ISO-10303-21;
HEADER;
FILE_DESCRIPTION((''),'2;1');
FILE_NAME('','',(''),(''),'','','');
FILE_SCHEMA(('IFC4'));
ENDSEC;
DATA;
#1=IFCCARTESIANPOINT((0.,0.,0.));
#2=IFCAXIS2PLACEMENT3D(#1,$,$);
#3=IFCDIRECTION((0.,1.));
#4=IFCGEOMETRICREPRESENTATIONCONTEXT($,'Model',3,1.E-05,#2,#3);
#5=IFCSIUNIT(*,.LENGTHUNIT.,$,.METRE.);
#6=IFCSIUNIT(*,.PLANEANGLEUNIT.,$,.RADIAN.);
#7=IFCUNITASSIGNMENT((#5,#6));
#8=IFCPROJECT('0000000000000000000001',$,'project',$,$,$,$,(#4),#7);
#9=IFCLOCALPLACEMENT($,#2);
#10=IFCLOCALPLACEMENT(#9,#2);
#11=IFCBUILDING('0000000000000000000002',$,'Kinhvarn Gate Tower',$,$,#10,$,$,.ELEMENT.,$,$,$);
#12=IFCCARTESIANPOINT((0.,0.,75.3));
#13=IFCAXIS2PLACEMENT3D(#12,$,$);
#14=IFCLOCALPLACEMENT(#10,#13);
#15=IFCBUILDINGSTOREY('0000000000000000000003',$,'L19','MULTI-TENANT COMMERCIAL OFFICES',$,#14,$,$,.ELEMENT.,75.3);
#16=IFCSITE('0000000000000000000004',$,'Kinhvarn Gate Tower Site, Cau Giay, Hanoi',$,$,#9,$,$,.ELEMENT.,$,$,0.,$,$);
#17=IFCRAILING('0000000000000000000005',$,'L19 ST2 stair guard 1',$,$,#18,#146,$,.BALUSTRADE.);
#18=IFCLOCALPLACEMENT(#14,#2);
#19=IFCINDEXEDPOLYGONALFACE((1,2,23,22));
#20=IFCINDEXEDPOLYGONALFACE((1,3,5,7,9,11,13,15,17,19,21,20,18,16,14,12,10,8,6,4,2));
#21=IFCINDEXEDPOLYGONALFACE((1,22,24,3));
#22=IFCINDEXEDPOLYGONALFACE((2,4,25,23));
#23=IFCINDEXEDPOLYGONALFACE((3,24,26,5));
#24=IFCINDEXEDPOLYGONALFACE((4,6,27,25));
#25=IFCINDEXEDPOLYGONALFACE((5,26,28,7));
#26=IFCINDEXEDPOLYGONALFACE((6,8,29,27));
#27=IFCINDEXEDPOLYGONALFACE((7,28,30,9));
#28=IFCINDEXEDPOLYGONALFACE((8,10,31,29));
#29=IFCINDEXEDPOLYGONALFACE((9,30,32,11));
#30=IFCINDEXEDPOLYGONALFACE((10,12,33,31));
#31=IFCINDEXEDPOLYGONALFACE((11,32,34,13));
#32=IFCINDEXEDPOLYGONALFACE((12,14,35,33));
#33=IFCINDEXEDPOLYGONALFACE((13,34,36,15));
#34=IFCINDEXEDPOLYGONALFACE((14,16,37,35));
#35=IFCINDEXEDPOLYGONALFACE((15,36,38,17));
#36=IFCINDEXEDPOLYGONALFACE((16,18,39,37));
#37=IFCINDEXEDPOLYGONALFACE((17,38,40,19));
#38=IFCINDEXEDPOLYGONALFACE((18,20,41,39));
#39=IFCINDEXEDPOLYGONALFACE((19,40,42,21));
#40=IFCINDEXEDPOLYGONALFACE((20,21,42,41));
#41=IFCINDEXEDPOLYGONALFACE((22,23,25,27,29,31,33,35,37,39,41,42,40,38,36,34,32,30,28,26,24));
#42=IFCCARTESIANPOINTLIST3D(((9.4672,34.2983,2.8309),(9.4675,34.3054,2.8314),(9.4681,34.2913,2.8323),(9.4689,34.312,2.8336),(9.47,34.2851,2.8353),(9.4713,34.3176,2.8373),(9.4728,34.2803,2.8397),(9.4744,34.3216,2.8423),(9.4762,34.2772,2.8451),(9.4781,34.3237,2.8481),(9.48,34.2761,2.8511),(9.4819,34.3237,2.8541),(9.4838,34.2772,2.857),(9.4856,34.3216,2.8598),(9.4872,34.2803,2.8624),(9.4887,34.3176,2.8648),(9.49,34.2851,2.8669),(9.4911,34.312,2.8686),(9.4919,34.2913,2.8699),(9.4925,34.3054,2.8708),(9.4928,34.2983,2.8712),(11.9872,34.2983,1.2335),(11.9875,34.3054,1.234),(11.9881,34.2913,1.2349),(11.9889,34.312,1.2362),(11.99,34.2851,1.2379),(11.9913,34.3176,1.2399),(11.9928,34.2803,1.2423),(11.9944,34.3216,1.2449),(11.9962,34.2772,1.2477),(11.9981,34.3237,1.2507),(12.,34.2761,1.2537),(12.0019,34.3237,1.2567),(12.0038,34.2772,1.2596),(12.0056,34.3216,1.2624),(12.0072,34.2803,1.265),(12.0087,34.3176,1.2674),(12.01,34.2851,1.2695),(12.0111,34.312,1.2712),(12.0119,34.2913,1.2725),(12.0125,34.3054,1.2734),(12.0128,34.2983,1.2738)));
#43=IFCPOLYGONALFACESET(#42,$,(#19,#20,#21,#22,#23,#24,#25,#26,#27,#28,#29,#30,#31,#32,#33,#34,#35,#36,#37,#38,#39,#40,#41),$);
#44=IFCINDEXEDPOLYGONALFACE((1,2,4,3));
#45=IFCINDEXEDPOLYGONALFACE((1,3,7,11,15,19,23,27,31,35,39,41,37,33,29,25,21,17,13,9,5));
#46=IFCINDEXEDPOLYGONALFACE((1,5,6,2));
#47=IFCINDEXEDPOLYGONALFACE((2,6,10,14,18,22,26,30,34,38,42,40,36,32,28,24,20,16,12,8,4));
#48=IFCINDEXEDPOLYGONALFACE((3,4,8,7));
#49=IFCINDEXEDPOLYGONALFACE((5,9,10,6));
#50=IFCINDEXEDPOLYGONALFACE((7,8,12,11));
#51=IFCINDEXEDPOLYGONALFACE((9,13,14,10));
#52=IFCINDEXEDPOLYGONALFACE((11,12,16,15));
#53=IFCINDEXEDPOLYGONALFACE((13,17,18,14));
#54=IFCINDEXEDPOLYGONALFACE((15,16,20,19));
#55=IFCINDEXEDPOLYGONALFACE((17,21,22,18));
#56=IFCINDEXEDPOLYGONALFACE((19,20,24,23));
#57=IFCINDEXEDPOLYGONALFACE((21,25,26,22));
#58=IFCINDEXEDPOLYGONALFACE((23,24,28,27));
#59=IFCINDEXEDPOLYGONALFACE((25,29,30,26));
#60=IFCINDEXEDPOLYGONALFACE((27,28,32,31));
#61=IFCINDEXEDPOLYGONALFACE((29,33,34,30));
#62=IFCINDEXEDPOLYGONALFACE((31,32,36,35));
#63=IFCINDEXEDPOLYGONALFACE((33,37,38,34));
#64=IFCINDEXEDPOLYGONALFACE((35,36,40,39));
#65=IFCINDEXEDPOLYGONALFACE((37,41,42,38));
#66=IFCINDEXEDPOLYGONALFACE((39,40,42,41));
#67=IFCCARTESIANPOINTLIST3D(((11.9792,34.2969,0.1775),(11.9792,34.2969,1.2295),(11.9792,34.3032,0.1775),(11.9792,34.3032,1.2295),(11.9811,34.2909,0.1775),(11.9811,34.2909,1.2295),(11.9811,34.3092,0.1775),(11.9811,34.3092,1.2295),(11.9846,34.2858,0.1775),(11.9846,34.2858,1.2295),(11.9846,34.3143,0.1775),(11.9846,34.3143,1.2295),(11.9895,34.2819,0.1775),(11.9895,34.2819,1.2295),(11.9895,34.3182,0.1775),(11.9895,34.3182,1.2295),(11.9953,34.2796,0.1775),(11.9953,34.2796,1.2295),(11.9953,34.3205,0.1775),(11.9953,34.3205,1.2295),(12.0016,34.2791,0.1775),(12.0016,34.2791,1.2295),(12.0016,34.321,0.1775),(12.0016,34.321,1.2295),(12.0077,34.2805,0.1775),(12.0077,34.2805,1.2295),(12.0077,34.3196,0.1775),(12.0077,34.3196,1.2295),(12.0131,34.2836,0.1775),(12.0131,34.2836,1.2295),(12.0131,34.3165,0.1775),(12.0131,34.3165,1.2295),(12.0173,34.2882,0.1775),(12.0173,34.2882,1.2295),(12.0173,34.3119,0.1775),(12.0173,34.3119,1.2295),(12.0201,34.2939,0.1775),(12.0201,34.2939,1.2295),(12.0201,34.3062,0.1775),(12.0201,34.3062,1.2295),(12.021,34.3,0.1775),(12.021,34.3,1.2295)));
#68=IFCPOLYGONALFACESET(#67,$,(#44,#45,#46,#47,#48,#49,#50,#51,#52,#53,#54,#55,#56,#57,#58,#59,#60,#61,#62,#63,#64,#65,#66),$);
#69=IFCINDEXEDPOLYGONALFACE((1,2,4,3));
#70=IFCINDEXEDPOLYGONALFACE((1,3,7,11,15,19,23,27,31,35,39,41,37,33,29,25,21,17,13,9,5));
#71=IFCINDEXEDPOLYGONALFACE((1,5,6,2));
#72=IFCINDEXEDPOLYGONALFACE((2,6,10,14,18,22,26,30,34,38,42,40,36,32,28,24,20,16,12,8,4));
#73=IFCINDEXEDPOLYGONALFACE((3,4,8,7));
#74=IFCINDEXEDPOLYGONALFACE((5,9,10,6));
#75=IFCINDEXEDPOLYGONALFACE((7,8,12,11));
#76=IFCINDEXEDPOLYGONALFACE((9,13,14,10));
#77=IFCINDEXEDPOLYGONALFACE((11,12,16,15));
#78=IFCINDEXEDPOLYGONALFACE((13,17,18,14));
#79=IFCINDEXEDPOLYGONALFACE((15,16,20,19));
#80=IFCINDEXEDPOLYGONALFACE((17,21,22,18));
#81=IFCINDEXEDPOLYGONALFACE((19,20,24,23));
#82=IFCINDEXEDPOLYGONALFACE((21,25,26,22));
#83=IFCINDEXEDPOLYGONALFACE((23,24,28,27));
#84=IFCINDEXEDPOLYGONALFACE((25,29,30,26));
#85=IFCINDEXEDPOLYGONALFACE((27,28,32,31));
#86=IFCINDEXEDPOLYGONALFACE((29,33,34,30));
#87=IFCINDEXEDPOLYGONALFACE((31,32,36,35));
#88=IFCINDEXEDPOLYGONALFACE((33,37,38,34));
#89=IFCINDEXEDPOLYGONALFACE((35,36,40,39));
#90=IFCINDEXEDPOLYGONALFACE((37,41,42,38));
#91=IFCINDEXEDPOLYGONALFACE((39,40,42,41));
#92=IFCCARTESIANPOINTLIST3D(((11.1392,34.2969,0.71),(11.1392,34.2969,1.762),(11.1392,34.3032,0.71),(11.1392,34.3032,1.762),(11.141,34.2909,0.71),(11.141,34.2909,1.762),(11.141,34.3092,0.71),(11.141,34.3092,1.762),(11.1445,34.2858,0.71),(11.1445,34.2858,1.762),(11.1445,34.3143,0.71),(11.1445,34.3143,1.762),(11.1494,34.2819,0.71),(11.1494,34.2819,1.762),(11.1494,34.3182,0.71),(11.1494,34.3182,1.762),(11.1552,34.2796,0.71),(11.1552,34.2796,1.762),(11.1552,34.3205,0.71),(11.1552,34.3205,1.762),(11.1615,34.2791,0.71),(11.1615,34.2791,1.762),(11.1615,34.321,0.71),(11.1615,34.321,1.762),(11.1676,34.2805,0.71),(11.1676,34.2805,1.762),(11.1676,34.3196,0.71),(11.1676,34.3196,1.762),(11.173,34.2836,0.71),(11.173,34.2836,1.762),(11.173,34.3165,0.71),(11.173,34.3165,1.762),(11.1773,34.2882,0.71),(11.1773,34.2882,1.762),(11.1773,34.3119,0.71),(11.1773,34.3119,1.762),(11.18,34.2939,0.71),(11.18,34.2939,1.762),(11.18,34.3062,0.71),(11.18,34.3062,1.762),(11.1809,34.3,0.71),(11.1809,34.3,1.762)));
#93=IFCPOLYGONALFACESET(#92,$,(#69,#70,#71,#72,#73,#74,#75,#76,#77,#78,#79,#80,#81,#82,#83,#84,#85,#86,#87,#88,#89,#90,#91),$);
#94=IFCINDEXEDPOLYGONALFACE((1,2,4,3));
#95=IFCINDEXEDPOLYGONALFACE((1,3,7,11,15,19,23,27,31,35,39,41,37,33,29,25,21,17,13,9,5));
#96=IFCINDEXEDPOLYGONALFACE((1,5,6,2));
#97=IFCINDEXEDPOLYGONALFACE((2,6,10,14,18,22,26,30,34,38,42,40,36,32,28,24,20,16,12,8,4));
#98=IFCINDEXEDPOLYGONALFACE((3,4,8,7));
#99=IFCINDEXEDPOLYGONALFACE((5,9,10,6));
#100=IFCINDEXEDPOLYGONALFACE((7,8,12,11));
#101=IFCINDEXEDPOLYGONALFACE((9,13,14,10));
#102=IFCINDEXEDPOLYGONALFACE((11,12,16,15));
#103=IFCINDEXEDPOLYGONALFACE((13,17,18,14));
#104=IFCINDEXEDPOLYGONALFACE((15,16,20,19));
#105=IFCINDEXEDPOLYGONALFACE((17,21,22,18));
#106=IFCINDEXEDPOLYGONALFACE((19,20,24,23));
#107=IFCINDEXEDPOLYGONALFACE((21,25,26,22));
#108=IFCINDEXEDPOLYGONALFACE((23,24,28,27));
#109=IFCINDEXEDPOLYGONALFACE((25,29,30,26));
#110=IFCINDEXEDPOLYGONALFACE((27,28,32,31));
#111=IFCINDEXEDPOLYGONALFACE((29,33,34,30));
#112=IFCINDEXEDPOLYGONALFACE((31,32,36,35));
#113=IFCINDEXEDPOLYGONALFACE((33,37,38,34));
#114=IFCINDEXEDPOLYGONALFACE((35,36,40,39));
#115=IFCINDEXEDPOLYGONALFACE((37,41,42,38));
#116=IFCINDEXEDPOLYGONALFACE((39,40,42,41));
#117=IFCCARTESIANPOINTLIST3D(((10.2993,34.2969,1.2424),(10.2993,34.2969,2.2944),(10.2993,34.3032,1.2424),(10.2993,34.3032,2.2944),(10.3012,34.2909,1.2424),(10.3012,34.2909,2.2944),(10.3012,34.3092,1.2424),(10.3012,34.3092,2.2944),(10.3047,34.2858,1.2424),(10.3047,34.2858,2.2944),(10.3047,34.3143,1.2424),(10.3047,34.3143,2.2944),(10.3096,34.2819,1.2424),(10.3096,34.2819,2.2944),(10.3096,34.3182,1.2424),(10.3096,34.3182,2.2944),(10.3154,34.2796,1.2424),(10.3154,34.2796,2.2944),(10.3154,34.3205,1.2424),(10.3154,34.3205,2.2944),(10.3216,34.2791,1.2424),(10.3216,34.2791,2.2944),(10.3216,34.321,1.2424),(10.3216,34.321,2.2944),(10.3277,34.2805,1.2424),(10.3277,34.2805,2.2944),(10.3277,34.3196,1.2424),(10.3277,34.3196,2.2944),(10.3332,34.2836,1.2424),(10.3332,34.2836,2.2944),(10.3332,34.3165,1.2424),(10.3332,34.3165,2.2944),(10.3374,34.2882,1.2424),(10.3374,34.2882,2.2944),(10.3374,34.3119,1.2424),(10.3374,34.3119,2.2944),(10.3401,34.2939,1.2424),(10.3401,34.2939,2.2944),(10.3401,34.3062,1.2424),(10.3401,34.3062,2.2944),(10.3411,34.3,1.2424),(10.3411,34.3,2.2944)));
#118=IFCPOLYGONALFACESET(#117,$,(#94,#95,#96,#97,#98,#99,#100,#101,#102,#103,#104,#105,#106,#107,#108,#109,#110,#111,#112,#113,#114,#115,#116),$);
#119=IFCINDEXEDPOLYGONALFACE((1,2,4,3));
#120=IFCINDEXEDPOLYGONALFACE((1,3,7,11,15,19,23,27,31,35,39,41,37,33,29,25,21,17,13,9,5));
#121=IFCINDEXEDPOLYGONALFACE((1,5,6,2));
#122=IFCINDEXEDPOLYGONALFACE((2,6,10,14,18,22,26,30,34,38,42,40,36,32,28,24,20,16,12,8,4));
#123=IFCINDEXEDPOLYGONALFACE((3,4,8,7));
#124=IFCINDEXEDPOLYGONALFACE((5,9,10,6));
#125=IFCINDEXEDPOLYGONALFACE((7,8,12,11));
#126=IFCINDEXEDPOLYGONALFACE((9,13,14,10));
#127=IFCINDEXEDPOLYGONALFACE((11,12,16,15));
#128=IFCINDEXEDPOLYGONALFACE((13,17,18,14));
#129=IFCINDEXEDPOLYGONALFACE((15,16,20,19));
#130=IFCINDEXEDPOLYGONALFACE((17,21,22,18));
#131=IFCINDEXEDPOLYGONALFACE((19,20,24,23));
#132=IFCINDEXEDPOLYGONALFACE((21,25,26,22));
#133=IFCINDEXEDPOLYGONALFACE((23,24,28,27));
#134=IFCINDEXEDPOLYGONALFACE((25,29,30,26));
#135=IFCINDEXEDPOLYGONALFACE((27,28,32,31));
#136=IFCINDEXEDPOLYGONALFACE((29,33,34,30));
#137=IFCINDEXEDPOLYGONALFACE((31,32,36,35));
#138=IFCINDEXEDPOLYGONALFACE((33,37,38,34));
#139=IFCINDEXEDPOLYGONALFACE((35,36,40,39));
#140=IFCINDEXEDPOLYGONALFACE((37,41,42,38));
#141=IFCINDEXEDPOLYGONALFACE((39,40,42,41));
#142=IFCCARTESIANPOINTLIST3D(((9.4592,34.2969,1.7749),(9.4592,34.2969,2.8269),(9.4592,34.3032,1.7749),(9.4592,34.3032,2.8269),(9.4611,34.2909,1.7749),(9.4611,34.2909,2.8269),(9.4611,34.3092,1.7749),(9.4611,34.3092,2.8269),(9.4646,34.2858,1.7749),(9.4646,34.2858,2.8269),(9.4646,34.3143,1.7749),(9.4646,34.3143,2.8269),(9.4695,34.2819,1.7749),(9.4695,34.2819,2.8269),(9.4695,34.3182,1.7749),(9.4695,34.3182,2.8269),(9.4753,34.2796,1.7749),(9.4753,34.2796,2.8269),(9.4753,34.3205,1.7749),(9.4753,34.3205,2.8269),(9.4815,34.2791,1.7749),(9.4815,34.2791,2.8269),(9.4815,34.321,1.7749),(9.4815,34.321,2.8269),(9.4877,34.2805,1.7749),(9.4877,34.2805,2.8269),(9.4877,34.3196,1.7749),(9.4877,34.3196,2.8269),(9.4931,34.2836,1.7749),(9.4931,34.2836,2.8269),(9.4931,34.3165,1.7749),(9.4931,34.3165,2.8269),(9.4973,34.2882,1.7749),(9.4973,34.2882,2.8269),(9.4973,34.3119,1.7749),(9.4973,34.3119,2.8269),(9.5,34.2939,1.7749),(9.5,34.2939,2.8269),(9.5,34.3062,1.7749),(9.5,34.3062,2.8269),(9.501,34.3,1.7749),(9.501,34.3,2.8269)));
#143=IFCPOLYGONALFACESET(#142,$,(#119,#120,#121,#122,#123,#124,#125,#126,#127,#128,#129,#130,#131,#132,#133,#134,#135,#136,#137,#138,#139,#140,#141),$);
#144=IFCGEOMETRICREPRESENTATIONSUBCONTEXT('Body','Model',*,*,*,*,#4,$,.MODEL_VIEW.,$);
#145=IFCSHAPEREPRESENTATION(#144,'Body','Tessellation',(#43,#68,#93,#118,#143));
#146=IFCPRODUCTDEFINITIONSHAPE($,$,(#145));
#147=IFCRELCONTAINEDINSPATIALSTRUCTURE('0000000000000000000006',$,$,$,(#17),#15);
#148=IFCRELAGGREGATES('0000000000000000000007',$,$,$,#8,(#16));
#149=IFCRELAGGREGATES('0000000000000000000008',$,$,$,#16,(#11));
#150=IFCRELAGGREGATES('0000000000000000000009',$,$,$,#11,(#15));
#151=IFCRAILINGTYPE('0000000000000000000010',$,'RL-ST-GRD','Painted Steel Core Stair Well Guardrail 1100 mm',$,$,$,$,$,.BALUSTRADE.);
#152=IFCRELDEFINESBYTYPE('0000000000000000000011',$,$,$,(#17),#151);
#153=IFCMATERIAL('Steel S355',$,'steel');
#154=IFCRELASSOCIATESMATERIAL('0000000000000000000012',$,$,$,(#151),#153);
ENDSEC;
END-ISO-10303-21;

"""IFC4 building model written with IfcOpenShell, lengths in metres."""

from ifc_helpers import new_model, si_unit, direction, frame, origin, origin_2d, place, context, subcontext, project, spatial, circle, extrude, material, type_object, element, save


model = new_model("IFC4")

# Units and contexts
model_context = context("Model", 3, precision=1e-05, world=origin(), true_north=direction((0.0, 1.0)))
body_context = subcontext(model_context, "Body", "Model", "MODEL_VIEW")
ifc_project = project(units=[si_unit("LENGTHUNIT", "METRE"), si_unit("PLANEANGLEUNIT", "RADIAN")], contexts=[model_context])

# Site, building, storey
site_placement = place(None, origin())
site = spatial("IfcSite", under=ifc_project, at=site_placement, Name="Kinhvarn Gate Tower Site, Cau Giay, Hanoi", CompositionType="ELEMENT", RefElevation=0.0)
building_placement = place(site_placement, origin())
building = spatial("IfcBuilding", under=site, at=building_placement, Name="Kinhvarn Gate Tower", CompositionType="ELEMENT")
storey_placement = place(building_placement, frame((0.0, 0.0, 75.3)))
storey = spatial("IfcBuildingStorey", under=building, at=storey_placement, Name="L19", Description="MULTI-TENANT COMMERCIAL OFFICES", CompositionType="ELEMENT", Elevation=75.3)

# Shared definitions
ifc_material_1 = material(Name="Steel S355", Category="steel")

# Railing
railing_type_1 = type_object("IfcRailingType", Name="RL-ST-GRD", Description="Painted Steel Core Stair Well Guardrail 1100 mm", PredefinedType="BALUSTRADE", material=ifc_material_1)
railing_1_placement = place(storey_placement, frame((12.0, 34.3, 0.1775)))
element("IfcRailing", 1, at=railing_1_placement, inside=storey, type_object=railing_type_1, Name="L19 ST2 stair guard 1", PredefinedType="BALUSTRADE", context=body_context, shape_type="SweptSolid", body=[
    extrude(circle(Radius=0.0239, at=origin_2d()), frame((0.0, 0.0, 1.0762), z_axis=(-0.844607, 0.0, 0.535387), x_axis=(0.0, -1.0, 0.0)), (0.0, 0.0, 1.0), 2.9836),
    extrude(circle(Radius=0.021, at=origin_2d()), origin(), (0.0, 0.0, 1.0), 1.052),
    extrude(circle(Radius=0.021, at=origin_2d()), frame((-0.8401, 0.0, 0.5325)), (0.0, 0.0, 1.0), 1.052),
    extrude(circle(Radius=0.021, at=origin_2d()), frame((-1.6799, 0.0, 1.0649)), (0.0, 0.0, 1.0), 1.052),
    extrude(circle(Radius=0.021, at=origin_2d()), frame((-2.52, 0.0, 1.5974)), (0.0, 0.0, 1.0), 1.052),
])

save(model, "model.ifc")
